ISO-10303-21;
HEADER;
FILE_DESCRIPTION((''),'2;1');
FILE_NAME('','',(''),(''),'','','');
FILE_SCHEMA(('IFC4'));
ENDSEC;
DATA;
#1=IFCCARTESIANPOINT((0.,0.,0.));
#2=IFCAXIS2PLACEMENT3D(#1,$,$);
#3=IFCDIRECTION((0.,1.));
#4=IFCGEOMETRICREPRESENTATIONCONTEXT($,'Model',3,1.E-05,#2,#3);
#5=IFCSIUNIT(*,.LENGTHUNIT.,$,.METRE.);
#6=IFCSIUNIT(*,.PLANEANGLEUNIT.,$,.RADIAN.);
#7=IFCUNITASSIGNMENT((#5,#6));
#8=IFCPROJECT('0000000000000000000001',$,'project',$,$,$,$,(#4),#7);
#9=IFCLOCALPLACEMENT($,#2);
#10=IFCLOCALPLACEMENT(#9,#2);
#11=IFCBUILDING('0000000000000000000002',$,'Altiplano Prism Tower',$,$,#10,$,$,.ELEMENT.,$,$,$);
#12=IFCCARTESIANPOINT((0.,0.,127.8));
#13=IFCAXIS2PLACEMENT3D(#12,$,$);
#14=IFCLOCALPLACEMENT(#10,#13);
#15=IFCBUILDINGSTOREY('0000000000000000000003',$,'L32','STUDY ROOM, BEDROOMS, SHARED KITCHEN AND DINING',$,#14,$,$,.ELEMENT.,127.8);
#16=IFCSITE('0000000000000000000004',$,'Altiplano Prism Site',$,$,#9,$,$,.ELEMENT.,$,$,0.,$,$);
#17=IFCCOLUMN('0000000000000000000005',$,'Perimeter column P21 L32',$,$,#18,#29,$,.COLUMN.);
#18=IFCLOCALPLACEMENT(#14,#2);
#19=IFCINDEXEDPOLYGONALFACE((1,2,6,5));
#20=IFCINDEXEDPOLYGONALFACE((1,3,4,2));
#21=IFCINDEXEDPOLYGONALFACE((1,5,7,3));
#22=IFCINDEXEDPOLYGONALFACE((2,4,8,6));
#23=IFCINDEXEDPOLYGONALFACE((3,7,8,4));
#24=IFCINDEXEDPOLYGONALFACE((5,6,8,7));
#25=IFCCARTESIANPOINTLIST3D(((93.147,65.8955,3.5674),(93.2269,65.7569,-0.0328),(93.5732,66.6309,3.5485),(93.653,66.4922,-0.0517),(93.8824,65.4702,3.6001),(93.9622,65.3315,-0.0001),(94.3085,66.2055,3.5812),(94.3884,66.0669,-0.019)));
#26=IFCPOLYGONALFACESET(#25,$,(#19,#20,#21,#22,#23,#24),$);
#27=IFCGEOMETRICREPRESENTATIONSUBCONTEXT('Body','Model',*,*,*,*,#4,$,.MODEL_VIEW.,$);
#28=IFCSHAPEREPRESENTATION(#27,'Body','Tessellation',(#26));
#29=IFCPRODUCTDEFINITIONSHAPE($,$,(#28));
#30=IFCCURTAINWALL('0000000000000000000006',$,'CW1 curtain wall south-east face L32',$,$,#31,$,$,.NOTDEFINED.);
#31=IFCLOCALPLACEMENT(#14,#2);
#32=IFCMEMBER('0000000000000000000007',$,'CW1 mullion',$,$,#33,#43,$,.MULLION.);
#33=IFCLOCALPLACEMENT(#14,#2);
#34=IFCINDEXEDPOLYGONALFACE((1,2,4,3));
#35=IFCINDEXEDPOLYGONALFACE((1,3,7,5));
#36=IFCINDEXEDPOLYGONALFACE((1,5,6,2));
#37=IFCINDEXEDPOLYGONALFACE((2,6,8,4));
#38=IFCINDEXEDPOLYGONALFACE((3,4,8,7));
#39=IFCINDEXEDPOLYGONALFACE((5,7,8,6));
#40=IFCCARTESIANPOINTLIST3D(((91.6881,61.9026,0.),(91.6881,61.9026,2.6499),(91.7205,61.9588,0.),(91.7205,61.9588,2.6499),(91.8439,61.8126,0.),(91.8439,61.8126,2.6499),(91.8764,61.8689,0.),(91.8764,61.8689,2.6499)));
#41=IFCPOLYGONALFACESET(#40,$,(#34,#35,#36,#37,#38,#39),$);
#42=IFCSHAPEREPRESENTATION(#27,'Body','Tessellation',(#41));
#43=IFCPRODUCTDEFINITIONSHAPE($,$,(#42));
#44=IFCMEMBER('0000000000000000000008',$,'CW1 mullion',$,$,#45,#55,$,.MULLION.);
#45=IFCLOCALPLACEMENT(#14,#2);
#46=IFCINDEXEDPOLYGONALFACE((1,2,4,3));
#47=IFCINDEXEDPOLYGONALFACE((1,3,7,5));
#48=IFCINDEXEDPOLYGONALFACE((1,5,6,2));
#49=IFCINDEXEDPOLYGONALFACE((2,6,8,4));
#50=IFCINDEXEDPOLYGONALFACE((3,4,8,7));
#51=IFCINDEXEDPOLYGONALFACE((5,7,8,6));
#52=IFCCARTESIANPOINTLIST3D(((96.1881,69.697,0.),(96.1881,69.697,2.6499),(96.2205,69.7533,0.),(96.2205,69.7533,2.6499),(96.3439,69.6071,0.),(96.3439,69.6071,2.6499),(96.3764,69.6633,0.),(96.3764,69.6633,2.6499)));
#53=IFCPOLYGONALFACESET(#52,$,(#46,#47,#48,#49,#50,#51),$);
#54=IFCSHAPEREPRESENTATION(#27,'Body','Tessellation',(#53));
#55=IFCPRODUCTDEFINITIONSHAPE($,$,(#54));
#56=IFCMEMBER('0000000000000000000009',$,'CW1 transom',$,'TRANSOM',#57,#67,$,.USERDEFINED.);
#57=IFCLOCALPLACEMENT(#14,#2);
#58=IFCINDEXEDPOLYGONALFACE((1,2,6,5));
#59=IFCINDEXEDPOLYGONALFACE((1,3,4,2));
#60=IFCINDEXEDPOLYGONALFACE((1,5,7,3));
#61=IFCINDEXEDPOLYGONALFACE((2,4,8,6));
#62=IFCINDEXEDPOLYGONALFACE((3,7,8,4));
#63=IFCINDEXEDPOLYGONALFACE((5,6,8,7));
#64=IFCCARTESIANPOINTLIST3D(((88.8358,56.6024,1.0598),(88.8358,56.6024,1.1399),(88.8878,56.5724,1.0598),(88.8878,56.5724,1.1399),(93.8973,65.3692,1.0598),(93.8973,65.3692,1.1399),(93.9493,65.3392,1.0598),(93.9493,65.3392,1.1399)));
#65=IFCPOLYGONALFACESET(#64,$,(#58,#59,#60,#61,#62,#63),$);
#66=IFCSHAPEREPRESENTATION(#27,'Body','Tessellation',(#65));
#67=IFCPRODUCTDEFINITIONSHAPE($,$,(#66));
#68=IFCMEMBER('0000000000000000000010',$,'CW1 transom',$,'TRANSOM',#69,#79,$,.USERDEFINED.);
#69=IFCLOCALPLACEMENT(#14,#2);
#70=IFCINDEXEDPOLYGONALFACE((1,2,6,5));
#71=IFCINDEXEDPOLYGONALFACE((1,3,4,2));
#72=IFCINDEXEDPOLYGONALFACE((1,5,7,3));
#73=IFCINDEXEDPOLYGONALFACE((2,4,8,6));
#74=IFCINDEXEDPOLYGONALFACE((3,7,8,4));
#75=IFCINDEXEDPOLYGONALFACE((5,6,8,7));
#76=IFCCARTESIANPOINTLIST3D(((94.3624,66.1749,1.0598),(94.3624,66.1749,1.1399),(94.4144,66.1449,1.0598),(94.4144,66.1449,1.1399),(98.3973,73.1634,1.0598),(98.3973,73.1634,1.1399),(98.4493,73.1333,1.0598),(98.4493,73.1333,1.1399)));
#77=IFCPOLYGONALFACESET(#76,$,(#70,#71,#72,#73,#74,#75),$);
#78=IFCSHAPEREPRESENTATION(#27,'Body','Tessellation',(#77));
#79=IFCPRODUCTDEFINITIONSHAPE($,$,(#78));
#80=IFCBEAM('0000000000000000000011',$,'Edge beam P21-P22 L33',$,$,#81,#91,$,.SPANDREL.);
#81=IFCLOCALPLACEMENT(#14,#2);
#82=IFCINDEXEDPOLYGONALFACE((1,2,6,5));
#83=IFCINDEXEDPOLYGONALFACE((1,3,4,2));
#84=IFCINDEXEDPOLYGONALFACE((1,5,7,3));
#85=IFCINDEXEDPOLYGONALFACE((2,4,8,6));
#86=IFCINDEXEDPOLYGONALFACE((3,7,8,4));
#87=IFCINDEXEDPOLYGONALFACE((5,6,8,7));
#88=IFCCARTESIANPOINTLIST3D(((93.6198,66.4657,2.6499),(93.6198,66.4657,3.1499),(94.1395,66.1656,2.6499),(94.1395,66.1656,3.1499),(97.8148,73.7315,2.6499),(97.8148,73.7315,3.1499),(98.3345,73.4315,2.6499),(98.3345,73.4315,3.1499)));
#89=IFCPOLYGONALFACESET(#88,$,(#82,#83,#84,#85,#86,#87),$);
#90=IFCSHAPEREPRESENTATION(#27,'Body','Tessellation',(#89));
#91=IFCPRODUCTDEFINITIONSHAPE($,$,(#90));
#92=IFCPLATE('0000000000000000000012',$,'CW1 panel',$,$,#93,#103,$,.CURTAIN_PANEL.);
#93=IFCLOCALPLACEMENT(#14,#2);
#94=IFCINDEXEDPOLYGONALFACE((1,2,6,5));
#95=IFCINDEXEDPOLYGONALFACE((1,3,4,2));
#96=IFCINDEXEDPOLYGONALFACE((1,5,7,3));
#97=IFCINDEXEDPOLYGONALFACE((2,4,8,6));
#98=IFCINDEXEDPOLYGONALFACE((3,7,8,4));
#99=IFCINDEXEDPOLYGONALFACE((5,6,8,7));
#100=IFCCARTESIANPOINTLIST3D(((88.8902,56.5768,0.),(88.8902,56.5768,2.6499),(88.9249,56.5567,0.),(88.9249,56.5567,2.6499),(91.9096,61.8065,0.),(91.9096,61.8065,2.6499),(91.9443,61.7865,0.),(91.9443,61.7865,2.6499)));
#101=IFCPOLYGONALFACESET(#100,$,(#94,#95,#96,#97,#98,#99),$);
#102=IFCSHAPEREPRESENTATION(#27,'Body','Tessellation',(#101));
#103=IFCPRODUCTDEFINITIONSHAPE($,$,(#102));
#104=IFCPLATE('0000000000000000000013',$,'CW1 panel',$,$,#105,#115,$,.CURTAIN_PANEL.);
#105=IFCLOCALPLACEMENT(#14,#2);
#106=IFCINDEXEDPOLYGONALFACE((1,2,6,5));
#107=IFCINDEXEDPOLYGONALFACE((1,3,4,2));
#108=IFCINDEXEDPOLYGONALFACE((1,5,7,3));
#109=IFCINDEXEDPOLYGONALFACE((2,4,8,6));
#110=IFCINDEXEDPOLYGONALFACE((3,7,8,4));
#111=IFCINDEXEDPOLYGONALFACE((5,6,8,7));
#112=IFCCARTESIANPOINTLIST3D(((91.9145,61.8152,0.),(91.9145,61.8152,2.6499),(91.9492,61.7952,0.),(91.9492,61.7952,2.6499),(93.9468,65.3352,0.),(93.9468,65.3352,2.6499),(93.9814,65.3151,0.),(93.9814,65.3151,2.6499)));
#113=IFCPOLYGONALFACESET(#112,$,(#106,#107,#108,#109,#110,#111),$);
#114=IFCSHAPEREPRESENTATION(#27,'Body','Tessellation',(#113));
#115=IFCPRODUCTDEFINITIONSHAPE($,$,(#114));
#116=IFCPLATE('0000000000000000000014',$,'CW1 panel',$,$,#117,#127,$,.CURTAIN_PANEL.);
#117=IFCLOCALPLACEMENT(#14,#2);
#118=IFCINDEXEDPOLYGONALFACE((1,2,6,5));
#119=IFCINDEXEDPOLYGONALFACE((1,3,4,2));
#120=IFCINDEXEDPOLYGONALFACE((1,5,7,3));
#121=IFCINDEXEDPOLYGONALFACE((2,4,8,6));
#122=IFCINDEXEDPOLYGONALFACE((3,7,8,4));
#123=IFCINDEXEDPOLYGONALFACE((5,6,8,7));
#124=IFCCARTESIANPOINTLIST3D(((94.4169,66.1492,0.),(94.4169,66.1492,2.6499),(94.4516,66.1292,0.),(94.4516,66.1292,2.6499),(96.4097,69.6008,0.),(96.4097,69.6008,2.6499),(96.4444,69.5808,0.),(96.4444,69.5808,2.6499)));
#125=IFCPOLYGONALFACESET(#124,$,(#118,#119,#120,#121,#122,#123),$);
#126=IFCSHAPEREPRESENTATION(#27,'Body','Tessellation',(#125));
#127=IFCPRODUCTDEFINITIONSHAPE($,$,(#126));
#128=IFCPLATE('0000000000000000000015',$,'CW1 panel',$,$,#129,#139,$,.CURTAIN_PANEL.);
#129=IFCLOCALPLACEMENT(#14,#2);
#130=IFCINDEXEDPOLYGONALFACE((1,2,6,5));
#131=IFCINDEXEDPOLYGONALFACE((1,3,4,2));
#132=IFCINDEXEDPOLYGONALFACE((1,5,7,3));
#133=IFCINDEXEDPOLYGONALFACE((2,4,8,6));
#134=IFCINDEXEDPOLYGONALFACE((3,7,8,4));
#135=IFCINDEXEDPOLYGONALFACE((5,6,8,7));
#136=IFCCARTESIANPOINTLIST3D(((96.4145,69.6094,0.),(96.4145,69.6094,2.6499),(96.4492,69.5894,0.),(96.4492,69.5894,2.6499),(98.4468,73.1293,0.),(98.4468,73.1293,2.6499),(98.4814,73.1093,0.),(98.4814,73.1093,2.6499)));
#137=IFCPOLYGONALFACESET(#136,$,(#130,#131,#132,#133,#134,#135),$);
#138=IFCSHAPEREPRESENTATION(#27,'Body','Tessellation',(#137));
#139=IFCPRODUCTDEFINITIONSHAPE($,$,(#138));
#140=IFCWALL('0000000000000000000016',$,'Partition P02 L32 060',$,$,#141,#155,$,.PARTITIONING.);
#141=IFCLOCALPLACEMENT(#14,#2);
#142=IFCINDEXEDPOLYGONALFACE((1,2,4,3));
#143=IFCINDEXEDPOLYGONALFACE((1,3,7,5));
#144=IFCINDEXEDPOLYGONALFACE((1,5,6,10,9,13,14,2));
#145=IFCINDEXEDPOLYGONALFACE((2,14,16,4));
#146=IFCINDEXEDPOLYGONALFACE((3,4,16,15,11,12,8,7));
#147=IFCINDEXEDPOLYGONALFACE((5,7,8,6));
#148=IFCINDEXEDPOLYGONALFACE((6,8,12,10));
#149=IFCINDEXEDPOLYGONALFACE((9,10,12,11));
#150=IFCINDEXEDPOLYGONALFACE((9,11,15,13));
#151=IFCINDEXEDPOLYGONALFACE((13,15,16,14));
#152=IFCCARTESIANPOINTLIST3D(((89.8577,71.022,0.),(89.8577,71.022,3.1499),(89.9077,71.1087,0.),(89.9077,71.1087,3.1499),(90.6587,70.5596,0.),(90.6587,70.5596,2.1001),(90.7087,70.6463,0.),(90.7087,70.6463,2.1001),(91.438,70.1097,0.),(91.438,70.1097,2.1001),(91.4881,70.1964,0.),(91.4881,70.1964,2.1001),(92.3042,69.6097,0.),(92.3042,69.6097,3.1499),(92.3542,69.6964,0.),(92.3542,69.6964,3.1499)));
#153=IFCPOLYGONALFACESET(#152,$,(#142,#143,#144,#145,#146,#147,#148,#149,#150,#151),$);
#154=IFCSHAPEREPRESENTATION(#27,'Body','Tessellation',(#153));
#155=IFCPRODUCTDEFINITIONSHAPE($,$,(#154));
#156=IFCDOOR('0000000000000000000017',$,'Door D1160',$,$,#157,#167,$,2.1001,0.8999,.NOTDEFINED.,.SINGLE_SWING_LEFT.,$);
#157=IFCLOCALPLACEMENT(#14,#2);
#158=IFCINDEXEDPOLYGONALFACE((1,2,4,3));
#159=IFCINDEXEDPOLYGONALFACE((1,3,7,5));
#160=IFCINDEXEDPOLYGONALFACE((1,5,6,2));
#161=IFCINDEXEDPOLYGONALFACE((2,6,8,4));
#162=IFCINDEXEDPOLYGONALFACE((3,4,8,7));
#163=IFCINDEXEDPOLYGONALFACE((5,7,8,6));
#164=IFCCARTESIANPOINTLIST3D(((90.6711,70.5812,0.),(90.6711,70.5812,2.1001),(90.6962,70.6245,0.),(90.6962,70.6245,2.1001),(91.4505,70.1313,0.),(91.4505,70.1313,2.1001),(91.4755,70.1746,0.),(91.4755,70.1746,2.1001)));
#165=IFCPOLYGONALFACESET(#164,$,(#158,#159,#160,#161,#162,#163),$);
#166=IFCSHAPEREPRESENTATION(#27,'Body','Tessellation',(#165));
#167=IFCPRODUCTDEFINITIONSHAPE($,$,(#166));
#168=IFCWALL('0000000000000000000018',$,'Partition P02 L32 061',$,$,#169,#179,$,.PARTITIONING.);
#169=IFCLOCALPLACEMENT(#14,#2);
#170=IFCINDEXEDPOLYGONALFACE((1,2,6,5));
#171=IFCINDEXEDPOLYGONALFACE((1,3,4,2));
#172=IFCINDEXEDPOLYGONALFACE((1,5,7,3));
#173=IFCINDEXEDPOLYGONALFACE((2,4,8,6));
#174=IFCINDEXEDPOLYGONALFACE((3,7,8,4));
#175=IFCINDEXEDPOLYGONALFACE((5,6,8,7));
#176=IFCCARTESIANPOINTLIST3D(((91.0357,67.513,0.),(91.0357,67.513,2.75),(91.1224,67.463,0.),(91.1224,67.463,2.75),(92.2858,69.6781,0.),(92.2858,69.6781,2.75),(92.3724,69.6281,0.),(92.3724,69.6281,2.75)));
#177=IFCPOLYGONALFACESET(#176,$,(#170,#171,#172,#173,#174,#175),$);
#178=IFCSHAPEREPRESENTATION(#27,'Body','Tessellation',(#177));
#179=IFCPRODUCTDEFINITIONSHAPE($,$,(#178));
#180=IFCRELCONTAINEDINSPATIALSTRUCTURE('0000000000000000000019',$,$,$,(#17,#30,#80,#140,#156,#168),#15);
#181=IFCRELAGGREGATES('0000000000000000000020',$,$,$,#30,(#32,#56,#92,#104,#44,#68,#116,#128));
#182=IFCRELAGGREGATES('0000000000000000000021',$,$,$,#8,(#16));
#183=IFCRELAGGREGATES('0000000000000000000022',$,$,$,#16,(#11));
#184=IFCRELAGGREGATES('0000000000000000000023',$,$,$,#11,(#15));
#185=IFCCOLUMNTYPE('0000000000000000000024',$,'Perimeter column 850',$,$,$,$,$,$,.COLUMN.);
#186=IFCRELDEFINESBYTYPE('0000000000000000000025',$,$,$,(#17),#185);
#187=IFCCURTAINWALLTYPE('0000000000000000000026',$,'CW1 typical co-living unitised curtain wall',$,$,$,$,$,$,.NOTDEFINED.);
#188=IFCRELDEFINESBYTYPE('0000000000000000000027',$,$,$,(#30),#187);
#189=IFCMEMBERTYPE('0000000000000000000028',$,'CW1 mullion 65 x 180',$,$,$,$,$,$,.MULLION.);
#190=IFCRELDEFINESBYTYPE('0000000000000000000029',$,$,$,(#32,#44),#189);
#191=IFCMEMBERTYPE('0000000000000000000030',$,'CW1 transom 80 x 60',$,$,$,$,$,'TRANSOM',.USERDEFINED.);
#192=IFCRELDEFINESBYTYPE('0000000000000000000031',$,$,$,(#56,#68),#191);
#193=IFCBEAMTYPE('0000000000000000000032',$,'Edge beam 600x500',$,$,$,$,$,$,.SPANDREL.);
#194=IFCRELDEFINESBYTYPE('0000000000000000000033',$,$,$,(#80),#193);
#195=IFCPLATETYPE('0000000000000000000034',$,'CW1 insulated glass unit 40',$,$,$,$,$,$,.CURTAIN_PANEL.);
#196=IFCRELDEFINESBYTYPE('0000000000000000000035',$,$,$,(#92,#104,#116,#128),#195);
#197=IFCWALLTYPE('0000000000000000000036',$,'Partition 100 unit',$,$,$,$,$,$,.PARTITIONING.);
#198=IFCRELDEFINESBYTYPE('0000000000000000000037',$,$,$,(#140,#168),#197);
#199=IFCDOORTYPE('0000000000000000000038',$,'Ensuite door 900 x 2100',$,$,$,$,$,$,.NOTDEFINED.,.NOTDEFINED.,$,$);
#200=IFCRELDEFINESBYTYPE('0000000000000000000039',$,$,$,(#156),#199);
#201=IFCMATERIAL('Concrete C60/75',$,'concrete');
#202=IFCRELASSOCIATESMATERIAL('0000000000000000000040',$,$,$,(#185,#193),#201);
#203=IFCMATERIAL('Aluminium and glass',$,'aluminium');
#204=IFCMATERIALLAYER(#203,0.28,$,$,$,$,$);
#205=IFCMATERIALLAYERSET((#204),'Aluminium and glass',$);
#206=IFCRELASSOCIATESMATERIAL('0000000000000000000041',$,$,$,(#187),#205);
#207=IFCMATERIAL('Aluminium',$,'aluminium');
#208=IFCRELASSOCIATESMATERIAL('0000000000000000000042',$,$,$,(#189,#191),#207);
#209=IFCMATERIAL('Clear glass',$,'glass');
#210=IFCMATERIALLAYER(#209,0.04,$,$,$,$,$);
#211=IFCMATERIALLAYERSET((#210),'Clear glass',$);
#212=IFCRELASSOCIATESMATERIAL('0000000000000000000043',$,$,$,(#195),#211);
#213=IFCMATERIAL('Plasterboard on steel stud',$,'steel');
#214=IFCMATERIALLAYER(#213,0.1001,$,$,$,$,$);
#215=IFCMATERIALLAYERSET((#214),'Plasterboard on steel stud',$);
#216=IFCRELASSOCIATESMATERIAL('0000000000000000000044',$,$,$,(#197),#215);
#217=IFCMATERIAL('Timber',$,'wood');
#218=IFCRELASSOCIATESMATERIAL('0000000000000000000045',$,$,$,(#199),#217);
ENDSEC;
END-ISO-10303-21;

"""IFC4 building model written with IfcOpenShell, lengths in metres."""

from ifc_helpers import new_model, si_unit, direction, frame, frame_2d, origin, origin_2d, place, context, subcontext, project, spatial, rectangle, extrude, material, layer, layer_set, material_profile, profile_set, type_object, element, fill, aggregate, save


model = new_model("IFC4")

# Units and contexts
model_context = context("Model", 3, precision=1e-05, world=origin(), true_north=direction((0.0, 1.0)))
body_context = subcontext(model_context, "Body", "Model", "MODEL_VIEW")
ifc_project = project(units=[si_unit("LENGTHUNIT", "METRE"), si_unit("PLANEANGLEUNIT", "RADIAN")], contexts=[model_context])

# Site, building, storey
site_placement = place(None, origin())
site = spatial("IfcSite", under=ifc_project, at=site_placement, Name="Altiplano Prism Site", CompositionType="ELEMENT", RefElevation=0.0)
building_placement = place(site_placement, origin())
building = spatial("IfcBuilding", under=site, at=building_placement, Name="Altiplano Prism Tower", CompositionType="ELEMENT")
storey_placement = place(building_placement, frame((0.0, 0.0, 127.8)))
storey = spatial("IfcBuildingStorey", under=building, at=storey_placement, Name="L32", Description="STUDY ROOM, BEDROOMS, SHARED KITCHEN AND DINING", CompositionType="ELEMENT", Elevation=127.8)

# Column
ifc_material_1 = material(Name="Concrete C60/75", Category="concrete")
ifc_material_profile_1 = material_profile(ifc_material_1, rectangle(XDim=0.8501, YDim=0.8501, at=origin_2d()), Name="Perimeter column 850")
ifc_profile_set_1 = profile_set([ifc_material_profile_1], Name="Concrete C60/75")
column_type = type_object("IfcColumnType", Name="Perimeter column 850", PredefinedType="COLUMN", material=ifc_profile_set_1)
column_placement = place(storey_placement, frame((93.8076, 65.9119, -0.0259), z_axis=(-0.022154, 0.038481, 0.999014), x_axis=(-0.501318, -0.864979, 0.022201)))
element("IfcColumn", 1, at=column_placement, inside=storey, type_object=column_type, Name="Perimeter column P21 L32", PredefinedType="COLUMN", context=body_context, shape_type="SweptSolid", body=[
    extrude(rectangle(XDim=0.8501, YDim=0.8501, at=origin_2d()), origin(), (0.0, 0.0, 1.0), 3.6038),
])

# Curtain wall, members
ifc_material_2 = material(Name="Aluminium and glass", Category="aluminium")
ifc_layer_1 = layer(ifc_material_2, 0.28)
ifc_layer_set_1 = layer_set([ifc_layer_1], Name="Aluminium and glass")
curtain_wall_type = type_object("IfcCurtainWallType", Name="CW1 typical co-living unitised curtain wall", PredefinedType="NOTDEFINED", material=ifc_layer_set_1)
curtain_wall_placement = place(storey_placement, origin())
curtain_wall = element("IfcCurtainWall", 2, at=curtain_wall_placement, inside=storey, type_object=curtain_wall_type, Name="CW1 curtain wall south-east face L32", PredefinedType="NOTDEFINED")
ifc_material_3 = material(Name="Aluminium", Category="aluminium")
ifc_material_profile_2 = material_profile(ifc_material_3, rectangle(XDim=0.1799, YDim=0.0649, at=origin_2d()), Name="CW1 mullion 65 x 180")
ifc_profile_set_2 = profile_set([ifc_material_profile_2], Name="Aluminium")
member_type_1 = type_object("IfcMemberType", Name="CW1 mullion 65 x 180", PredefinedType="MULLION", material=ifc_profile_set_2)
member_1_placement = place(storey_placement, frame((91.7822, 61.8857, 0.0), z_axis=(0.0, 0.0, 1.0), x_axis=(-0.866025, 0.5, 0.0)))
member_1 = element("IfcMember", 3, at=member_1_placement, type_object=member_type_1, Name="CW1 mullion", PredefinedType="MULLION", context=body_context, shape_type="SweptSolid", body=[
    extrude(rectangle(XDim=0.1799, YDim=0.0649, at=origin_2d()), origin(), (0.0, 0.0, 1.0), 2.6499),
])
member_2_placement = place(storey_placement, frame((96.2822, 69.6802, 0.0), z_axis=(0.0, 0.0, 1.0), x_axis=(-0.866025, 0.5, 0.0)))
member_2 = element("IfcMember", 4, at=member_2_placement, type_object=member_type_1, Name="CW1 mullion", PredefinedType="MULLION", context=body_context, shape_type="SweptSolid", body=[
    extrude(rectangle(XDim=0.1799, YDim=0.0649, at=origin_2d()), origin(), (0.0, 0.0, 1.0), 2.6499),
])
ifc_material_profile_3 = material_profile(ifc_material_3, rectangle(XDim=0.0601, YDim=0.0801, at=origin_2d()), Name="CW1 transom 80 x 60")
ifc_profile_set_3 = profile_set([ifc_material_profile_3], Name="Aluminium")
member_type_2 = type_object("IfcMemberType", Name="CW1 transom 80 x 60", ElementType="TRANSOM", PredefinedType="USERDEFINED", material=ifc_profile_set_3)
member_3_placement = place(storey_placement, frame((88.8618, 56.5874, 1.0999), z_axis=(0.499999, 0.866026, 0.0), x_axis=(-0.866026, 0.499999, 0.0)))
member_3 = element("IfcMember", 5, at=member_3_placement, type_object=member_type_2, Name="CW1 transom", ObjectType="TRANSOM", PredefinedType="USERDEFINED", context=body_context, shape_type="SweptSolid", body=[
    extrude(rectangle(XDim=0.0601, YDim=0.0801, at=origin_2d()), origin(), (0.0, 0.0, 1.0), 10.123),
])
member_4_placement = place(storey_placement, frame((94.3884, 66.1599, 1.0999), z_axis=(0.500008, 0.866021, 0.0), x_axis=(-0.866021, 0.500008, 0.0)))
member_4 = element("IfcMember", 6, at=member_4_placement, type_object=member_type_2, Name="CW1 transom", ObjectType="TRANSOM", PredefinedType="USERDEFINED", context=body_context, shape_type="SweptSolid", body=[
    extrude(rectangle(XDim=0.0601, YDim=0.0801, at=origin_2d()), origin(), (0.0, 0.0, 1.0), 8.0696),
])

# Beam
ifc_material_profile_4 = material_profile(ifc_material_1, rectangle(XDim=0.6001, YDim=0.5, at=origin_2d()), Name="Edge beam 600x500")
ifc_profile_set_4 = profile_set([ifc_material_profile_4], Name="Concrete C60/75")
beam_type = type_object("IfcBeamType", Name="Edge beam 600x500", PredefinedType="SPANDREL", material=ifc_profile_set_4)
beam_placement = place(storey_placement, frame((93.8796, 66.3157, 2.8999), z_axis=(0.50001, 0.866019, 0.0), x_axis=(-0.866019, 0.50001, 0.0)))
element("IfcBeam", 7, at=beam_placement, inside=storey, type_object=beam_type, Name="Edge beam P21-P22 L33", PredefinedType="SPANDREL", context=body_context, shape_type="SweptSolid", body=[
    extrude(rectangle(XDim=0.6001, YDim=0.5, at=origin_2d()), origin(), (0.0, 0.0, 1.0), 8.3899),
])

# Plates
ifc_material_4 = material(Name="Clear glass", Category="glass")
ifc_layer_2 = layer(ifc_material_4, 0.04)
ifc_layer_set_2 = layer_set([ifc_layer_2], Name="Clear glass")
plate_type = type_object("IfcPlateType", Name="CW1 insulated glass unit 40", PredefinedType="CURTAIN_PANEL", material=ifc_layer_set_2)
plate_1_placement = place(storey_placement, frame((90.4172, 59.1816, 0.0), z_axis=(0.0, 0.0, 1.0), x_axis=(0.5, 0.866025, 0.0)))
plate_1 = element("IfcPlate", 8, at=plate_1_placement, type_object=plate_type, Name="CW1 panel", PredefinedType="CURTAIN_PANEL", context=body_context, shape_type="SweptSolid", body=[
    extrude(rectangle(XDim=6.0388, YDim=0.04, at=origin_2d()), origin(), (0.0, 0.0, 1.0), 2.6499),
])
plate_2_placement = place(storey_placement, frame((92.948, 63.5652, 0.0), z_axis=(0.0, 0.0, 1.0), x_axis=(0.5, 0.866025, 0.0)))
plate_2 = element("IfcPlate", 9, at=plate_2_placement, type_object=plate_type, Name="CW1 panel", PredefinedType="CURTAIN_PANEL", context=body_context, shape_type="SweptSolid", body=[
    extrude(rectangle(XDim=4.0645, YDim=0.04, at=origin_2d()), origin(), (0.0, 0.0, 1.0), 2.6499),
])
plate_3_placement = place(storey_placement, frame((95.4307, 67.865, 0.0), z_axis=(0.0, 0.0, 1.0), x_axis=(0.5, 0.866025, 0.0)))
plate_3 = element("IfcPlate", 10, at=plate_3_placement, type_object=plate_type, Name="CW1 panel", PredefinedType="CURTAIN_PANEL", context=body_context, shape_type="SweptSolid", body=[
    extrude(rectangle(XDim=3.9856, YDim=0.04, at=origin_2d()), origin(), (0.0, 0.0, 1.0), 2.6499),
])
plate_4_placement = place(storey_placement, frame((97.448, 71.3594, 0.0), z_axis=(0.0, 0.0, 1.0), x_axis=(0.5, 0.866025, 0.0)))
plate_4 = element("IfcPlate", 11, at=plate_4_placement, type_object=plate_type, Name="CW1 panel", PredefinedType="CURTAIN_PANEL", context=body_context, shape_type="SweptSolid", body=[
    extrude(rectangle(XDim=4.0645, YDim=0.04, at=origin_2d()), origin(), (0.0, 0.0, 1.0), 2.6499),
])
aggregate(curtain_wall, [member_1, member_3, plate_1, plate_2, member_2, member_4, plate_3, plate_4])

# Wall, opening, door
ifc_material_5 = material(Name="Plasterboard on steel stud", Category="steel")
ifc_layer_3 = layer(ifc_material_5, 0.1001)
ifc_layer_set_3 = layer_set([ifc_layer_3], Name="Plasterboard on steel stud")
wall_type_1 = type_object("IfcWallType", Name="Partition 100 unit", PredefinedType="PARTITIONING", material=ifc_layer_set_3)
wall_1_placement = place(storey_placement, frame((89.8826, 71.0654, 0.0), z_axis=(0.0, 0.0, 1.0), x_axis=(0.866049, -0.499959, 0.0)))
wall_1 = element("IfcWall", 12, at=wall_1_placement, inside=storey, type_object=wall_type_1, Name="Partition P02 L32 060", PredefinedType="PARTITIONING", context=body_context, shape_type="SweptSolid", body=[
    extrude(rectangle(XDim=2.825, YDim=0.1001, at=frame_2d((1.4126, 0.0))), origin(), (0.0, 0.0, 1.0), 3.1499),
])
opening_placement = place(wall_1_placement, frame((0.925, 0.0, 0.0)))
opening = element("IfcOpeningElement", 13, at=opening_placement, cuts=wall_1, PredefinedType="OPENING", context=body_context, shape_type="SweptSolid", body=[
    extrude(rectangle(XDim=0.8999, YDim=2.1001, at=frame_2d((0.45, 1.05))), frame((0.0, 0.0605, 0.0), z_axis=(0.0, -1.0, 0.0), x_axis=(1.0, 0.0, 0.0)), (0.0, 0.0, 1.0), 0.1211),
])
ifc_material_6 = material(Name="Timber", Category="wood")
door_type = type_object("IfcDoorType", Name="Ensuite door 900 x 2100", OperationType="NOTDEFINED", PredefinedType="NOTDEFINED", material=ifc_material_6)
door_placement = place(opening_placement, origin())
door = element("IfcDoor", 14, at=door_placement, inside=storey, type_object=door_type, Name="Door D1160", OperationType="SINGLE_SWING_LEFT", OverallHeight=2.1001, OverallWidth=0.8999, PredefinedType="NOTDEFINED", context=body_context, shape_type="SweptSolid", body=[
    extrude(rectangle(XDim=0.8999, YDim=2.1001, at=frame_2d((0.45, 1.05))), frame((0.0, 0.0249, 0.0), z_axis=(0.0, -1.0, 0.0), x_axis=(1.0, 0.0, 0.0)), (0.0, 0.0, 1.0), 0.05),
])
fill(opening, door)

# Wall
wall_2_placement = place(storey_placement, frame((92.3291, 69.6531, 0.0), z_axis=(0.0, 0.0, 1.0), x_axis=(-0.500004, -0.866023, 0.0)))
element("IfcWall", 15, at=wall_2_placement, inside=storey, type_object=wall_type_1, Name="Partition P02 L32 061", PredefinedType="PARTITIONING", context=body_context, shape_type="SweptSolid", body=[
    extrude(rectangle(XDim=2.5, YDim=0.1001, at=frame_2d((1.25, 0.0))), origin(), (0.0, 0.0, 1.0), 2.75),
])

save(model, "model.ifc")
